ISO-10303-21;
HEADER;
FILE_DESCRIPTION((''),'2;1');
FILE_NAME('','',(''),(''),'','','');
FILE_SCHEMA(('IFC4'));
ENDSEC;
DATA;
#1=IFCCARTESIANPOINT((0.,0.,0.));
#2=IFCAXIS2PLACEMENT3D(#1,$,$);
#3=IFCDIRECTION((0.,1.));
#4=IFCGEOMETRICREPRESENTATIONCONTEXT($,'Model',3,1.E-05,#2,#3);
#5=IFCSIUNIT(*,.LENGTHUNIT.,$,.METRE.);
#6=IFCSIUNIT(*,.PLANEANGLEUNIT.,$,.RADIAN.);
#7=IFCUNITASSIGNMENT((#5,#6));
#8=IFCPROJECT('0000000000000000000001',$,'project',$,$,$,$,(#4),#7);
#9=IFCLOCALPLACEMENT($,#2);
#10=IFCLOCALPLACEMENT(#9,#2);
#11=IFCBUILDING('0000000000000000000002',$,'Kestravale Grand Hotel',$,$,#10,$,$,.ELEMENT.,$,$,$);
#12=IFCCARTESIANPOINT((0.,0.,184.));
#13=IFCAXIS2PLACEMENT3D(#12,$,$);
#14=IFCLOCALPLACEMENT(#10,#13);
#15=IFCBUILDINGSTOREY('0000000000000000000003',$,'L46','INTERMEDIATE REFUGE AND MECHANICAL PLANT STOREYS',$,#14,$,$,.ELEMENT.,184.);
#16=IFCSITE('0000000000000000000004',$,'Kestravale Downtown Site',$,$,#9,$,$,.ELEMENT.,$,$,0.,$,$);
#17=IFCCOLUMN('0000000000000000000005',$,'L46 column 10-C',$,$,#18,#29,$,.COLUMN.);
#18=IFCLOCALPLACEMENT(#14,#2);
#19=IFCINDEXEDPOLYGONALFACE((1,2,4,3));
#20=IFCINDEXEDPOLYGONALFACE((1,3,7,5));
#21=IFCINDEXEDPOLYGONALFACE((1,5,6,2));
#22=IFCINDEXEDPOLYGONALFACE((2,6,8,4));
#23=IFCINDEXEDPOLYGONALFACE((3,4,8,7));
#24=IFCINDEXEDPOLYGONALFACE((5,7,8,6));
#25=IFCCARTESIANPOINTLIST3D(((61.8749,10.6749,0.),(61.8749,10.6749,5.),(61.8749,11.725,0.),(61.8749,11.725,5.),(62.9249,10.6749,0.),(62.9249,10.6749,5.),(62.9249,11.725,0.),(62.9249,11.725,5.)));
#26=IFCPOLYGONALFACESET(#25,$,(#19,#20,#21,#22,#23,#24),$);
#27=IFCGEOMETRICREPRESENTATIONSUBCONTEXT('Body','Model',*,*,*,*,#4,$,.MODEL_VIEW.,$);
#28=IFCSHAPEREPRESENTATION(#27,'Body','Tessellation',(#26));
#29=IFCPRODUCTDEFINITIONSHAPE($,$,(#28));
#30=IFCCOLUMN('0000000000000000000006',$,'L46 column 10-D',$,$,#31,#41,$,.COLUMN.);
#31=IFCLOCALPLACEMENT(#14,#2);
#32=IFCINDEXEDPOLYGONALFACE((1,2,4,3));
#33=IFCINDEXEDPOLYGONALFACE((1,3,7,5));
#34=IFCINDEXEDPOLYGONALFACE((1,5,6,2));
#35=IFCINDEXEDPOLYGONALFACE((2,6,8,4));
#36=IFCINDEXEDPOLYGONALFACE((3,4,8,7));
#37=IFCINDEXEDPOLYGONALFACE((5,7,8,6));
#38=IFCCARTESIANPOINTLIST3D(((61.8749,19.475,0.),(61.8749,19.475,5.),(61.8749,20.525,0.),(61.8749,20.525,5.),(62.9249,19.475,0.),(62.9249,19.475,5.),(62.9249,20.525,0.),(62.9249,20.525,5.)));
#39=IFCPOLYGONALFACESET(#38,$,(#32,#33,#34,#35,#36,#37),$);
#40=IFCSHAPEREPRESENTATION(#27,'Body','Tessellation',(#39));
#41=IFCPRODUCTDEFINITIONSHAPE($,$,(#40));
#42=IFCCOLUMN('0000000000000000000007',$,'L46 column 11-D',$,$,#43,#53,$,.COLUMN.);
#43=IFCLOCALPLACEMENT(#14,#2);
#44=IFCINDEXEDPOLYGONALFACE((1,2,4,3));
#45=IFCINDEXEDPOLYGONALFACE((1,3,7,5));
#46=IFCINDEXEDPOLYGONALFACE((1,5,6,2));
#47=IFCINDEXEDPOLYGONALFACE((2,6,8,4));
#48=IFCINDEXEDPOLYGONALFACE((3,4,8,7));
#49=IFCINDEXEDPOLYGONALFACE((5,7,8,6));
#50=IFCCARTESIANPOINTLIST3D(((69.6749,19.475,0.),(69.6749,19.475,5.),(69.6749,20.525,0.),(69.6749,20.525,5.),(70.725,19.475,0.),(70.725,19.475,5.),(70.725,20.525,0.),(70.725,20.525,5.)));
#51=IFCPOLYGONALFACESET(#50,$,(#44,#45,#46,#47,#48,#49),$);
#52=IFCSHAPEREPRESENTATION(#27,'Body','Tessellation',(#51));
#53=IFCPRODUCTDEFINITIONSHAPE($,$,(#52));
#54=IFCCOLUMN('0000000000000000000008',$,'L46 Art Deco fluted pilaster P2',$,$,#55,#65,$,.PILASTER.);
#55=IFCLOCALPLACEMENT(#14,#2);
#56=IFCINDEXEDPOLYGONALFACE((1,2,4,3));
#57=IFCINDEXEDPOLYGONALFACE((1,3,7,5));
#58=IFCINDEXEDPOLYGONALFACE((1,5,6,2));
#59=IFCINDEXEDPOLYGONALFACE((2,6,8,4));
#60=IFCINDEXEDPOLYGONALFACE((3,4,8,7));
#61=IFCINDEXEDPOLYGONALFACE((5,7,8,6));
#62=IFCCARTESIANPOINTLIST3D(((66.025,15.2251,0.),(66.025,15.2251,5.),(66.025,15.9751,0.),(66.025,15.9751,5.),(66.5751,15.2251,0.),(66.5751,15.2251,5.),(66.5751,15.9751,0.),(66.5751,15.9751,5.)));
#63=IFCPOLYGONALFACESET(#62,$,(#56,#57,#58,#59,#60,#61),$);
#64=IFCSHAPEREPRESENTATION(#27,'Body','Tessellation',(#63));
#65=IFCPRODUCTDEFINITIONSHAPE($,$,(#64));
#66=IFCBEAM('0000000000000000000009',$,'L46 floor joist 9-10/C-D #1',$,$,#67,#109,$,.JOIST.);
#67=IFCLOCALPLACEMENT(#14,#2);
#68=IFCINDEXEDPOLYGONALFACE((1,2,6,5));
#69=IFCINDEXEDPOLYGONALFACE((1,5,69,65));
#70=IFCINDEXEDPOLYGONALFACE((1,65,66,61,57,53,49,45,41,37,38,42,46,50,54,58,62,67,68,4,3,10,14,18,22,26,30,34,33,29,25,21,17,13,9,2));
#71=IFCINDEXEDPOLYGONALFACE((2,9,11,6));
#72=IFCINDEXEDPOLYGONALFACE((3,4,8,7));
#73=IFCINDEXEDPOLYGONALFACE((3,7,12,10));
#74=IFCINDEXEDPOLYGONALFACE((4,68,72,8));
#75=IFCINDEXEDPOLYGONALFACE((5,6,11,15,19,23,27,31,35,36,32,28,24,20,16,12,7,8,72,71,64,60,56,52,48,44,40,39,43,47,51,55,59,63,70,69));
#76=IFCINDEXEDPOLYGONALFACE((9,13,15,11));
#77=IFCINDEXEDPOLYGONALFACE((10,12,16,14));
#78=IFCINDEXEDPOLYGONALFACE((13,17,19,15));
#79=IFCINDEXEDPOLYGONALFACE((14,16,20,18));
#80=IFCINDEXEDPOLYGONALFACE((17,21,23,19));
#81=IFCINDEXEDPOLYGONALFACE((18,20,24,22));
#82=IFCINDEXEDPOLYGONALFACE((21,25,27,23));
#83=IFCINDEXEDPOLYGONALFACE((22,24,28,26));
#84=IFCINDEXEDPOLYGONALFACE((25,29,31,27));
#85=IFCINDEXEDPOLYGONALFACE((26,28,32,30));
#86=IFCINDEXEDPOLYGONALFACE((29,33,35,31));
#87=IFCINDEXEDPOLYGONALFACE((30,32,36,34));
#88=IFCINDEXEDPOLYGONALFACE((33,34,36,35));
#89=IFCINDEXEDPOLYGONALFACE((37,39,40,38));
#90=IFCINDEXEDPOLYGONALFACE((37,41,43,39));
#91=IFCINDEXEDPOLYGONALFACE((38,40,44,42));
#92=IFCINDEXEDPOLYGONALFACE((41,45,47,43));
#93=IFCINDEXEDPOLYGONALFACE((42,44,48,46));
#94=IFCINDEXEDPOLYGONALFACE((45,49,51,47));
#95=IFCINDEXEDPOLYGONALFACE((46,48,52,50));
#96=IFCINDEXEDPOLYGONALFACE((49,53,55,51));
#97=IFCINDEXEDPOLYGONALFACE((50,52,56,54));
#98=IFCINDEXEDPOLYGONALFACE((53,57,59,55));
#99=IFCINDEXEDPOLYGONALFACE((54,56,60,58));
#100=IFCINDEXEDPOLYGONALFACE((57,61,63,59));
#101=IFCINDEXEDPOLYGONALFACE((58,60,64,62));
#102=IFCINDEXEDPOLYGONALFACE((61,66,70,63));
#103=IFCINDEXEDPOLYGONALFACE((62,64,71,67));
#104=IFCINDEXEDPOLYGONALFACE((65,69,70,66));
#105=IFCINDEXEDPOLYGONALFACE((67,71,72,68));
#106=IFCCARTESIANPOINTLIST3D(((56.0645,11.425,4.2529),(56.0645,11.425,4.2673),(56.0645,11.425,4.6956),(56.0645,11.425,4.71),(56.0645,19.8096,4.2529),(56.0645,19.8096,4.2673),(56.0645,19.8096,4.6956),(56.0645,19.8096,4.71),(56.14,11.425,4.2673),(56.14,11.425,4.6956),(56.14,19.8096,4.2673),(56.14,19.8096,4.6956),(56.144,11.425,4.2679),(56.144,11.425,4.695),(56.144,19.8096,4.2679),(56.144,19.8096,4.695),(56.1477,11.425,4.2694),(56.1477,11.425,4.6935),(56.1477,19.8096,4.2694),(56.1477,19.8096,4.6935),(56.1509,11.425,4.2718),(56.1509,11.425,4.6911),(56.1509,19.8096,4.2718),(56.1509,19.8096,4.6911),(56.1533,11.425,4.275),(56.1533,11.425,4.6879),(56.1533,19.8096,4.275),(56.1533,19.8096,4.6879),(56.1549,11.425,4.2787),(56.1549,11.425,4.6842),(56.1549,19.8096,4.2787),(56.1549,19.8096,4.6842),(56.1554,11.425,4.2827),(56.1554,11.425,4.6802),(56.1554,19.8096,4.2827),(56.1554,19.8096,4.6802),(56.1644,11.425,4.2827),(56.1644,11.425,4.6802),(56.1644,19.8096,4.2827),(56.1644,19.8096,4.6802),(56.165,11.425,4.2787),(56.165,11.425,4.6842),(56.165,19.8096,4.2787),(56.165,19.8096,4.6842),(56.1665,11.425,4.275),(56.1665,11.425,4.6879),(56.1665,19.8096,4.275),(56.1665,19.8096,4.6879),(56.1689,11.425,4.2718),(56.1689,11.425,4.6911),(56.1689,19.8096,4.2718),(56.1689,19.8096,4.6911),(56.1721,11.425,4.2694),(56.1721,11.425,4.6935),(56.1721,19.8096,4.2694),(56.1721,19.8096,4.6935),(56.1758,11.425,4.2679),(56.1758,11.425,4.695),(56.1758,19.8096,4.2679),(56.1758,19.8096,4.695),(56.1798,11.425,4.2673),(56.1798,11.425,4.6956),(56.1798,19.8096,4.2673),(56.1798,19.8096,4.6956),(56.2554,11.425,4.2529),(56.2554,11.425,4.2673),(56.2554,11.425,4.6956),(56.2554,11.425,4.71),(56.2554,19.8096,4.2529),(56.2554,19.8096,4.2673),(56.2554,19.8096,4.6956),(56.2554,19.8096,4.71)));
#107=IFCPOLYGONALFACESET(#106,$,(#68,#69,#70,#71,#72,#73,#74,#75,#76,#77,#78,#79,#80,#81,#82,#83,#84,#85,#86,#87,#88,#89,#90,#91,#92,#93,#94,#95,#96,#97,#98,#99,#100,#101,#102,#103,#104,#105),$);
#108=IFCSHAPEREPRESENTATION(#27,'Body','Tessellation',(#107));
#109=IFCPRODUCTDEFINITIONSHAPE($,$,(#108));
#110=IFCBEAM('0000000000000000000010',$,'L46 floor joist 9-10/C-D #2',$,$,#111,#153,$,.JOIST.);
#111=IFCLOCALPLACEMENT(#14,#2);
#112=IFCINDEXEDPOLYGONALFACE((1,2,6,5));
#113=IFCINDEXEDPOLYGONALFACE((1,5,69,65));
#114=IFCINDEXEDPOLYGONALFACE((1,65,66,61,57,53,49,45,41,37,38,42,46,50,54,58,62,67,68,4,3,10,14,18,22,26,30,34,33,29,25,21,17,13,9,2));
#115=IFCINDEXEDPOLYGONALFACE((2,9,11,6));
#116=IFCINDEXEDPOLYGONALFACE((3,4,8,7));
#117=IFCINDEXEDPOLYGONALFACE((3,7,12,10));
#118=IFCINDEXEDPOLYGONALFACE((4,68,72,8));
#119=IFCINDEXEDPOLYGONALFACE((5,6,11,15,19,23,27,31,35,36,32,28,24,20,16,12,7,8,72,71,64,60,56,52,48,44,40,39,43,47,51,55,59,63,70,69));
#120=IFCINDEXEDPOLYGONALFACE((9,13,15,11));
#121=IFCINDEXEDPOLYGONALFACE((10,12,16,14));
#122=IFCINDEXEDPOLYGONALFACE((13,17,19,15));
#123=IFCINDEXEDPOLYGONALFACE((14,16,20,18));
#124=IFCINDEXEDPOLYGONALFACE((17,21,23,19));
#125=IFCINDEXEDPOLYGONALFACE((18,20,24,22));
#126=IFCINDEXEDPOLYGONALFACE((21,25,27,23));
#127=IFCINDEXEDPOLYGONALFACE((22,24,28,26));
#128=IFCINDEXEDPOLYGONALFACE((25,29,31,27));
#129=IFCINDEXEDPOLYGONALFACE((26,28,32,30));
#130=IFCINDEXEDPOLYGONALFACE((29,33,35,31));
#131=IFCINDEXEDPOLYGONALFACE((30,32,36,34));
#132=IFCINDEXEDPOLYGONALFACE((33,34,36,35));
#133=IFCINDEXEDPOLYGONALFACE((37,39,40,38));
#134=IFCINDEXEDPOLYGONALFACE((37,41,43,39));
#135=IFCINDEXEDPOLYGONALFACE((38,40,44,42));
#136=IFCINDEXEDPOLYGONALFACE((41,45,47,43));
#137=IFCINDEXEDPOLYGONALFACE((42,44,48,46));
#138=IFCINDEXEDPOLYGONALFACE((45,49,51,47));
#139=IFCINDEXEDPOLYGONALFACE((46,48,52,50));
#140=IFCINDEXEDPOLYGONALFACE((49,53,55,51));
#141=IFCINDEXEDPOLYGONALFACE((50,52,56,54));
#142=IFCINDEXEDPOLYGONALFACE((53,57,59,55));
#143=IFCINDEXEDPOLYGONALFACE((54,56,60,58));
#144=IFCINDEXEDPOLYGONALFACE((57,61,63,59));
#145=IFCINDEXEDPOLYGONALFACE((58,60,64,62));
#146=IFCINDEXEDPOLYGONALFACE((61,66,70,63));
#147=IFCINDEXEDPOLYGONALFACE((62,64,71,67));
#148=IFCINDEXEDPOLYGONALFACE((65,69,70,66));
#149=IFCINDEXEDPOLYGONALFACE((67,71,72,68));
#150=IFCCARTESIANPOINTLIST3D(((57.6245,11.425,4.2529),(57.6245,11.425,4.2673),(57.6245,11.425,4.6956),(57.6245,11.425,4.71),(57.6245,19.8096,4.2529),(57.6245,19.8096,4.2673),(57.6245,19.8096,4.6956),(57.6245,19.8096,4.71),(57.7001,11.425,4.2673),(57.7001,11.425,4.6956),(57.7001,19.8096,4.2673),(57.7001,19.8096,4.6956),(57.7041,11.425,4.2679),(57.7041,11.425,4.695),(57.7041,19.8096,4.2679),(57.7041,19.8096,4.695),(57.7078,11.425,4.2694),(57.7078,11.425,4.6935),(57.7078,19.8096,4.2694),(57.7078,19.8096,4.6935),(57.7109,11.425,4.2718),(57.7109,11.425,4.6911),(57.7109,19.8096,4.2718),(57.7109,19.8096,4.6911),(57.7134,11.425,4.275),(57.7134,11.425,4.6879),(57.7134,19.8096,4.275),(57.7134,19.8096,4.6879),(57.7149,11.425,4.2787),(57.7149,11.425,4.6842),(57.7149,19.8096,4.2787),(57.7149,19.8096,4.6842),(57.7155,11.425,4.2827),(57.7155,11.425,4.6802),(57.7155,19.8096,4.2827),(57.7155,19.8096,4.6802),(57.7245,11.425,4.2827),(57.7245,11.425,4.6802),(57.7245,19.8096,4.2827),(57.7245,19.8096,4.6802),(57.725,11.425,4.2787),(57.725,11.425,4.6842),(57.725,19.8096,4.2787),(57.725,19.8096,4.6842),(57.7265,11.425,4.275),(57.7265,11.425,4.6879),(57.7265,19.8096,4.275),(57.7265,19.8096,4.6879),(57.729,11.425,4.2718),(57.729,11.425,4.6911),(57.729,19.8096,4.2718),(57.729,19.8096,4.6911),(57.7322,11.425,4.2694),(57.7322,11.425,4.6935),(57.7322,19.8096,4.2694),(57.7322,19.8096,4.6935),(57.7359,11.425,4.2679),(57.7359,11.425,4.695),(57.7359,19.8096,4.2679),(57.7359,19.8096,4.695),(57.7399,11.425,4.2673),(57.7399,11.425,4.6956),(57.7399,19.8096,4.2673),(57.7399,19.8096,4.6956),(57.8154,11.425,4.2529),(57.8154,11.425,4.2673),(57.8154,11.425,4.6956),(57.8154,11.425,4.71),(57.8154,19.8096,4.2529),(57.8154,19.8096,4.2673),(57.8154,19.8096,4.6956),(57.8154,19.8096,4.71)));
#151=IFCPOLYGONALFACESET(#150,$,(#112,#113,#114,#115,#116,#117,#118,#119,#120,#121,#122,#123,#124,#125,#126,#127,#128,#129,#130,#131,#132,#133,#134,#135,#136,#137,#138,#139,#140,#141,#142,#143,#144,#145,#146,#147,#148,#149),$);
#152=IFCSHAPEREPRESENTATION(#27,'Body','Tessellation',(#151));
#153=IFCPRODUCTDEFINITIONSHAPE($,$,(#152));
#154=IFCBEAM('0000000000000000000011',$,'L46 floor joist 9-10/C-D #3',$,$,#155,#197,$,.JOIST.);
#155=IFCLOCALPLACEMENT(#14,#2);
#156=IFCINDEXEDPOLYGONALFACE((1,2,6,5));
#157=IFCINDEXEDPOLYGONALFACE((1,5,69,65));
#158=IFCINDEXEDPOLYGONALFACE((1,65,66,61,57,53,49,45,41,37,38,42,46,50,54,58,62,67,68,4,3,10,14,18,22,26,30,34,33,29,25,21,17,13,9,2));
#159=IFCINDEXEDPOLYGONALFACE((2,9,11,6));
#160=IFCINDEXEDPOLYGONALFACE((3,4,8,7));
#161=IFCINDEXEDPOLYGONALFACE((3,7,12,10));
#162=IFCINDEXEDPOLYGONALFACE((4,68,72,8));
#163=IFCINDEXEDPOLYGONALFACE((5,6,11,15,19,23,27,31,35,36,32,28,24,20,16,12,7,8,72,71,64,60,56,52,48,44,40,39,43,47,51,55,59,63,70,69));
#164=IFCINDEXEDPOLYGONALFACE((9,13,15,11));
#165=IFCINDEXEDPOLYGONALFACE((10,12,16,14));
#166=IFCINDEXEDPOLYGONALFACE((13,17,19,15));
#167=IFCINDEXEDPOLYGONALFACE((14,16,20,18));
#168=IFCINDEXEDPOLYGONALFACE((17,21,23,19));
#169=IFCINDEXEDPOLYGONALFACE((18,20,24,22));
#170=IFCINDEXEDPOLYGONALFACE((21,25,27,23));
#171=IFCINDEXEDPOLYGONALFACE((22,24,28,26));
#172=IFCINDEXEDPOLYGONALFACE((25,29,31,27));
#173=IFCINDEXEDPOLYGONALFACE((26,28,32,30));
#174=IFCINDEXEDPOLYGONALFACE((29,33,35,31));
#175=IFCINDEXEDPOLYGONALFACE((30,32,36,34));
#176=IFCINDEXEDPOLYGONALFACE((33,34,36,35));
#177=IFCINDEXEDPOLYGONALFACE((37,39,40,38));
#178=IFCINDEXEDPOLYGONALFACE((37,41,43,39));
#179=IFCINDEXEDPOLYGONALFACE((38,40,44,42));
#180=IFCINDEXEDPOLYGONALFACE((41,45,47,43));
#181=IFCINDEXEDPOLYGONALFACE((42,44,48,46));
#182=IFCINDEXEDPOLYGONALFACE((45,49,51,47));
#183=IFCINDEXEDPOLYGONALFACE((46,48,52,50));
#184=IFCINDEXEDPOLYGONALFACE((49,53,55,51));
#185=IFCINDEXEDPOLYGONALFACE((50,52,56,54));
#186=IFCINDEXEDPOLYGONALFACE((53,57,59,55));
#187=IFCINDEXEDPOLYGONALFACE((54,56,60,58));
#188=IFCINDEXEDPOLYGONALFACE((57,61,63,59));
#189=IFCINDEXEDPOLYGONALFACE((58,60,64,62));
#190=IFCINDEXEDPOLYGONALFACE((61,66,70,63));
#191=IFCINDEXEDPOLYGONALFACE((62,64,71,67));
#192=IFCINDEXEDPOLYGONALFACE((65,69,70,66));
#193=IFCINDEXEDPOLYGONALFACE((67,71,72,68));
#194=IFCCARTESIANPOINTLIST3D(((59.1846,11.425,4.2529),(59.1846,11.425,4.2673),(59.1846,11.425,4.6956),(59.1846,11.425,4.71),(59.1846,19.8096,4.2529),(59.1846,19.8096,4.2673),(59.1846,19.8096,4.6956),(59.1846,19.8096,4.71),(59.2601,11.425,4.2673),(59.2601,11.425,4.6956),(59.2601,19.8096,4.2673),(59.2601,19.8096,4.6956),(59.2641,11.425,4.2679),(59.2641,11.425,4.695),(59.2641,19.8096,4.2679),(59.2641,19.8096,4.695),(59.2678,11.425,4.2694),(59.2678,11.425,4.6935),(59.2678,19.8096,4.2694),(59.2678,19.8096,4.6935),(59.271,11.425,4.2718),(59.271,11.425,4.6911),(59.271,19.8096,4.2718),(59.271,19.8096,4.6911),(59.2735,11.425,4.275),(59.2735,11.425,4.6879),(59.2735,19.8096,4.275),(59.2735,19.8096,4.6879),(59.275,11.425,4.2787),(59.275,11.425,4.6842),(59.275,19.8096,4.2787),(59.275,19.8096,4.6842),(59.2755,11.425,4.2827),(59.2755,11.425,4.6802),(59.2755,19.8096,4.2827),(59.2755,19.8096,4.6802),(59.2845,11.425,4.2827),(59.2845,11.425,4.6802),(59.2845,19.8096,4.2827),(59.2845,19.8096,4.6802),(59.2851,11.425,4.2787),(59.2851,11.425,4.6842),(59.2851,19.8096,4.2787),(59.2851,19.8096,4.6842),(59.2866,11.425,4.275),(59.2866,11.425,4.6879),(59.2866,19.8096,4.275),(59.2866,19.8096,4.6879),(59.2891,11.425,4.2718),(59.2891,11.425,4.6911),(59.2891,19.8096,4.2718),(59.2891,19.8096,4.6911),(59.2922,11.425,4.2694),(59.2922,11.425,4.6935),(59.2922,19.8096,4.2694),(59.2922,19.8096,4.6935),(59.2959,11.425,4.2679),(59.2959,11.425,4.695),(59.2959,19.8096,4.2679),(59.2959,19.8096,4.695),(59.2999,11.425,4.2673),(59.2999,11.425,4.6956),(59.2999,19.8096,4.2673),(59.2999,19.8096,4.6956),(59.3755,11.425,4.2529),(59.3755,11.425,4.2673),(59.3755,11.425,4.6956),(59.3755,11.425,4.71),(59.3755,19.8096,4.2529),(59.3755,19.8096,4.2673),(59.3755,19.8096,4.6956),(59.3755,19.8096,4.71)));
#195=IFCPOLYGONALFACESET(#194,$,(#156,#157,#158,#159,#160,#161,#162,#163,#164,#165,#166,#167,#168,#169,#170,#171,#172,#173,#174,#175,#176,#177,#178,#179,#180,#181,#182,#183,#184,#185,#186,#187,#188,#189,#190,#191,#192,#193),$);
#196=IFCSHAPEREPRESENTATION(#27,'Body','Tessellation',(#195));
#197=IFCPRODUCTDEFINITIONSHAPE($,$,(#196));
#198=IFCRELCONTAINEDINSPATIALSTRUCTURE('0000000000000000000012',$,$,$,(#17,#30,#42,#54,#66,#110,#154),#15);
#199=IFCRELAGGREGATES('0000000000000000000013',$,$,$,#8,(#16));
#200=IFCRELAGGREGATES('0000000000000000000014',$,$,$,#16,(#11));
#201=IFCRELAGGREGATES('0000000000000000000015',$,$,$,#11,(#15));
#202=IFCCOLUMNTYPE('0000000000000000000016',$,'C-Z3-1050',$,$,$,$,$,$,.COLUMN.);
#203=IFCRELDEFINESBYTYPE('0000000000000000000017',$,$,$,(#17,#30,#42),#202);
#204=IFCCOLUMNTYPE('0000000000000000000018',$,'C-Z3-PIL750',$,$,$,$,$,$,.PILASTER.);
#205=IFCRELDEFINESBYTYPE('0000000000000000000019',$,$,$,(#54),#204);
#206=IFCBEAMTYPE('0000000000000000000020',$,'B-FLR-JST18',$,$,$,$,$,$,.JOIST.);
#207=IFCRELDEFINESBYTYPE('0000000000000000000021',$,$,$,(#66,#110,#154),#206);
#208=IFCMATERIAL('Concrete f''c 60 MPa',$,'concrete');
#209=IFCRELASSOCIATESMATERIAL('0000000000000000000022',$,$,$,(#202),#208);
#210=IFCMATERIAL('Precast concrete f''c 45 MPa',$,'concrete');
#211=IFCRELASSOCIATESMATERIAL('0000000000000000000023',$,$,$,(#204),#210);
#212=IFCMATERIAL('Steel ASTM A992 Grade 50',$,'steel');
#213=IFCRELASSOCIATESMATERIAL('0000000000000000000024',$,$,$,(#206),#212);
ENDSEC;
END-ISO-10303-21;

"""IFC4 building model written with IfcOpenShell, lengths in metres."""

from ifc_helpers import new_model, si_unit, direction, frame, origin, origin_2d, place, context, subcontext, project, spatial, rectangle, i_section, extrude, material, material_profile, profile_set, type_object, element, save


model = new_model("IFC4")

# Units and contexts
model_context = context("Model", 3, precision=1e-05, world=origin(), true_north=direction((0.0, 1.0)))
body_context = subcontext(model_context, "Body", "Model", "MODEL_VIEW")
ifc_project = project(units=[si_unit("LENGTHUNIT", "METRE"), si_unit("PLANEANGLEUNIT", "RADIAN")], contexts=[model_context])

# Site, building, storey
site_placement = place(None, origin())
site = spatial("IfcSite", under=ifc_project, at=site_placement, Name="Kestravale Downtown Site", CompositionType="ELEMENT", RefElevation=0.0)
building_placement = place(site_placement, origin())
building = spatial("IfcBuilding", under=site, at=building_placement, Name="Kestravale Grand Hotel", CompositionType="ELEMENT")
storey_placement = place(building_placement, frame((0.0, 0.0, 184.0)))
storey = spatial("IfcBuildingStorey", under=building, at=storey_placement, Name="L46", Description="INTERMEDIATE REFUGE AND MECHANICAL PLANT STOREYS", CompositionType="ELEMENT", Elevation=184.0)

# Columns
ifc_material_1 = material(Name="Concrete f'c 60 MPa", Category="concrete")
ifc_material_profile_1 = material_profile(ifc_material_1, rectangle(XDim=1.05, YDim=1.05, at=origin_2d()))
ifc_profile_set_1 = profile_set([ifc_material_profile_1], Name="Concrete f'c 60 MPa")
column_type_1 = type_object("IfcColumnType", Name="C-Z3-1050", PredefinedType="COLUMN", material=ifc_profile_set_1)
for number, where, z_axis, x_axis, name in (
    (1, (62.3999, 11.2, 0.0), (0.0, 0.0, 1.0), (1.0, 0.0, 0.0), "L46 column 10-C"),
    (2, (62.3999, 20.0, 0.0), (0.0, 0.0, 1.0), (1.0, 0.0, 0.0), "L46 column 10-D"),
    (3, (70.2, 20.0, 0.0), (0.0, 0.0, 1.0), (1.0, 0.0, 0.0), "L46 column 11-D"),
):
    element("IfcColumn", number, at=place(storey_placement, frame(where, z_axis=z_axis, x_axis=x_axis)), inside=storey, type_object=column_type_1, Name=name, PredefinedType="COLUMN", context=body_context, shape_type="SweptSolid", body=[
        extrude(rectangle(XDim=1.05, YDim=1.05, at=origin_2d()), origin(), (0.0, 0.0, 1.0), 5.0),
    ])
ifc_material_2 = material(Name="Precast concrete f'c 45 MPa", Category="concrete")
ifc_material_profile_2 = material_profile(ifc_material_2, rectangle(XDim=0.55, YDim=0.75, at=origin_2d()))
ifc_profile_set_2 = profile_set([ifc_material_profile_2], Name="Precast concrete f'c 45 MPa")
column_type_2 = type_object("IfcColumnType", Name="C-Z3-PIL750", PredefinedType="PILASTER", material=ifc_profile_set_2)
column_placement = place(storey_placement, frame((66.3, 15.6001, 0.0), z_axis=(0.0, 0.0, 1.0), x_axis=(1.0, 0.0, 0.0)))
element("IfcColumn", 4, at=column_placement, inside=storey, type_object=column_type_2, Name="L46 Art Deco fluted pilaster P2", PredefinedType="PILASTER", context=body_context, shape_type="SweptSolid", body=[
    extrude(rectangle(XDim=0.55, YDim=0.75, at=origin_2d()), origin(), (0.0, 0.0, 1.0), 5.0),
])

# Beams
ifc_material_3 = material(Name="Steel ASTM A992 Grade 50", Category="steel")
ifc_material_profile_3 = material_profile(ifc_material_3, i_section(OverallWidth=0.1909, OverallDepth=0.457, WebThickness=0.009, FlangeThickness=0.0144, FilletRadius=0.0154, at=origin_2d()))
ifc_profile_set_3 = profile_set([ifc_material_profile_3], Name="Steel ASTM A992 Grade 50")
beam_type_1 = type_object("IfcBeamType", Name="B-FLR-JST18", PredefinedType="JOIST", material=ifc_profile_set_3)
for number, where, z_axis, x_axis, name in (
    (5, (56.1599, 11.425, 4.4814), (0.0, 1.0, 0.0), (-1.0, 0.0, 0.0), "L46 floor joist 9-10/C-D #1"),
    (6, (57.72, 11.425, 4.4814), (0.0, 1.0, 0.0), (-1.0, 0.0, 0.0), "L46 floor joist 9-10/C-D #2"),
    (7, (59.28, 11.425, 4.4814), (0.0, 1.0, 0.0), (-1.0, 0.0, 0.0), "L46 floor joist 9-10/C-D #3"),
):
    element("IfcBeam", number, at=place(storey_placement, frame(where, z_axis=z_axis, x_axis=x_axis)), inside=storey, type_object=beam_type_1, Name=name, PredefinedType="JOIST", context=body_context, shape_type="SweptSolid", body=[
        extrude(i_section(OverallWidth=0.1909, OverallDepth=0.457, WebThickness=0.009, FlangeThickness=0.0144, FilletRadius=0.0154, at=origin_2d()), origin(), (0.0, 0.0, 1.0), 8.3845),
    ])

save(model, "model.ifc")
